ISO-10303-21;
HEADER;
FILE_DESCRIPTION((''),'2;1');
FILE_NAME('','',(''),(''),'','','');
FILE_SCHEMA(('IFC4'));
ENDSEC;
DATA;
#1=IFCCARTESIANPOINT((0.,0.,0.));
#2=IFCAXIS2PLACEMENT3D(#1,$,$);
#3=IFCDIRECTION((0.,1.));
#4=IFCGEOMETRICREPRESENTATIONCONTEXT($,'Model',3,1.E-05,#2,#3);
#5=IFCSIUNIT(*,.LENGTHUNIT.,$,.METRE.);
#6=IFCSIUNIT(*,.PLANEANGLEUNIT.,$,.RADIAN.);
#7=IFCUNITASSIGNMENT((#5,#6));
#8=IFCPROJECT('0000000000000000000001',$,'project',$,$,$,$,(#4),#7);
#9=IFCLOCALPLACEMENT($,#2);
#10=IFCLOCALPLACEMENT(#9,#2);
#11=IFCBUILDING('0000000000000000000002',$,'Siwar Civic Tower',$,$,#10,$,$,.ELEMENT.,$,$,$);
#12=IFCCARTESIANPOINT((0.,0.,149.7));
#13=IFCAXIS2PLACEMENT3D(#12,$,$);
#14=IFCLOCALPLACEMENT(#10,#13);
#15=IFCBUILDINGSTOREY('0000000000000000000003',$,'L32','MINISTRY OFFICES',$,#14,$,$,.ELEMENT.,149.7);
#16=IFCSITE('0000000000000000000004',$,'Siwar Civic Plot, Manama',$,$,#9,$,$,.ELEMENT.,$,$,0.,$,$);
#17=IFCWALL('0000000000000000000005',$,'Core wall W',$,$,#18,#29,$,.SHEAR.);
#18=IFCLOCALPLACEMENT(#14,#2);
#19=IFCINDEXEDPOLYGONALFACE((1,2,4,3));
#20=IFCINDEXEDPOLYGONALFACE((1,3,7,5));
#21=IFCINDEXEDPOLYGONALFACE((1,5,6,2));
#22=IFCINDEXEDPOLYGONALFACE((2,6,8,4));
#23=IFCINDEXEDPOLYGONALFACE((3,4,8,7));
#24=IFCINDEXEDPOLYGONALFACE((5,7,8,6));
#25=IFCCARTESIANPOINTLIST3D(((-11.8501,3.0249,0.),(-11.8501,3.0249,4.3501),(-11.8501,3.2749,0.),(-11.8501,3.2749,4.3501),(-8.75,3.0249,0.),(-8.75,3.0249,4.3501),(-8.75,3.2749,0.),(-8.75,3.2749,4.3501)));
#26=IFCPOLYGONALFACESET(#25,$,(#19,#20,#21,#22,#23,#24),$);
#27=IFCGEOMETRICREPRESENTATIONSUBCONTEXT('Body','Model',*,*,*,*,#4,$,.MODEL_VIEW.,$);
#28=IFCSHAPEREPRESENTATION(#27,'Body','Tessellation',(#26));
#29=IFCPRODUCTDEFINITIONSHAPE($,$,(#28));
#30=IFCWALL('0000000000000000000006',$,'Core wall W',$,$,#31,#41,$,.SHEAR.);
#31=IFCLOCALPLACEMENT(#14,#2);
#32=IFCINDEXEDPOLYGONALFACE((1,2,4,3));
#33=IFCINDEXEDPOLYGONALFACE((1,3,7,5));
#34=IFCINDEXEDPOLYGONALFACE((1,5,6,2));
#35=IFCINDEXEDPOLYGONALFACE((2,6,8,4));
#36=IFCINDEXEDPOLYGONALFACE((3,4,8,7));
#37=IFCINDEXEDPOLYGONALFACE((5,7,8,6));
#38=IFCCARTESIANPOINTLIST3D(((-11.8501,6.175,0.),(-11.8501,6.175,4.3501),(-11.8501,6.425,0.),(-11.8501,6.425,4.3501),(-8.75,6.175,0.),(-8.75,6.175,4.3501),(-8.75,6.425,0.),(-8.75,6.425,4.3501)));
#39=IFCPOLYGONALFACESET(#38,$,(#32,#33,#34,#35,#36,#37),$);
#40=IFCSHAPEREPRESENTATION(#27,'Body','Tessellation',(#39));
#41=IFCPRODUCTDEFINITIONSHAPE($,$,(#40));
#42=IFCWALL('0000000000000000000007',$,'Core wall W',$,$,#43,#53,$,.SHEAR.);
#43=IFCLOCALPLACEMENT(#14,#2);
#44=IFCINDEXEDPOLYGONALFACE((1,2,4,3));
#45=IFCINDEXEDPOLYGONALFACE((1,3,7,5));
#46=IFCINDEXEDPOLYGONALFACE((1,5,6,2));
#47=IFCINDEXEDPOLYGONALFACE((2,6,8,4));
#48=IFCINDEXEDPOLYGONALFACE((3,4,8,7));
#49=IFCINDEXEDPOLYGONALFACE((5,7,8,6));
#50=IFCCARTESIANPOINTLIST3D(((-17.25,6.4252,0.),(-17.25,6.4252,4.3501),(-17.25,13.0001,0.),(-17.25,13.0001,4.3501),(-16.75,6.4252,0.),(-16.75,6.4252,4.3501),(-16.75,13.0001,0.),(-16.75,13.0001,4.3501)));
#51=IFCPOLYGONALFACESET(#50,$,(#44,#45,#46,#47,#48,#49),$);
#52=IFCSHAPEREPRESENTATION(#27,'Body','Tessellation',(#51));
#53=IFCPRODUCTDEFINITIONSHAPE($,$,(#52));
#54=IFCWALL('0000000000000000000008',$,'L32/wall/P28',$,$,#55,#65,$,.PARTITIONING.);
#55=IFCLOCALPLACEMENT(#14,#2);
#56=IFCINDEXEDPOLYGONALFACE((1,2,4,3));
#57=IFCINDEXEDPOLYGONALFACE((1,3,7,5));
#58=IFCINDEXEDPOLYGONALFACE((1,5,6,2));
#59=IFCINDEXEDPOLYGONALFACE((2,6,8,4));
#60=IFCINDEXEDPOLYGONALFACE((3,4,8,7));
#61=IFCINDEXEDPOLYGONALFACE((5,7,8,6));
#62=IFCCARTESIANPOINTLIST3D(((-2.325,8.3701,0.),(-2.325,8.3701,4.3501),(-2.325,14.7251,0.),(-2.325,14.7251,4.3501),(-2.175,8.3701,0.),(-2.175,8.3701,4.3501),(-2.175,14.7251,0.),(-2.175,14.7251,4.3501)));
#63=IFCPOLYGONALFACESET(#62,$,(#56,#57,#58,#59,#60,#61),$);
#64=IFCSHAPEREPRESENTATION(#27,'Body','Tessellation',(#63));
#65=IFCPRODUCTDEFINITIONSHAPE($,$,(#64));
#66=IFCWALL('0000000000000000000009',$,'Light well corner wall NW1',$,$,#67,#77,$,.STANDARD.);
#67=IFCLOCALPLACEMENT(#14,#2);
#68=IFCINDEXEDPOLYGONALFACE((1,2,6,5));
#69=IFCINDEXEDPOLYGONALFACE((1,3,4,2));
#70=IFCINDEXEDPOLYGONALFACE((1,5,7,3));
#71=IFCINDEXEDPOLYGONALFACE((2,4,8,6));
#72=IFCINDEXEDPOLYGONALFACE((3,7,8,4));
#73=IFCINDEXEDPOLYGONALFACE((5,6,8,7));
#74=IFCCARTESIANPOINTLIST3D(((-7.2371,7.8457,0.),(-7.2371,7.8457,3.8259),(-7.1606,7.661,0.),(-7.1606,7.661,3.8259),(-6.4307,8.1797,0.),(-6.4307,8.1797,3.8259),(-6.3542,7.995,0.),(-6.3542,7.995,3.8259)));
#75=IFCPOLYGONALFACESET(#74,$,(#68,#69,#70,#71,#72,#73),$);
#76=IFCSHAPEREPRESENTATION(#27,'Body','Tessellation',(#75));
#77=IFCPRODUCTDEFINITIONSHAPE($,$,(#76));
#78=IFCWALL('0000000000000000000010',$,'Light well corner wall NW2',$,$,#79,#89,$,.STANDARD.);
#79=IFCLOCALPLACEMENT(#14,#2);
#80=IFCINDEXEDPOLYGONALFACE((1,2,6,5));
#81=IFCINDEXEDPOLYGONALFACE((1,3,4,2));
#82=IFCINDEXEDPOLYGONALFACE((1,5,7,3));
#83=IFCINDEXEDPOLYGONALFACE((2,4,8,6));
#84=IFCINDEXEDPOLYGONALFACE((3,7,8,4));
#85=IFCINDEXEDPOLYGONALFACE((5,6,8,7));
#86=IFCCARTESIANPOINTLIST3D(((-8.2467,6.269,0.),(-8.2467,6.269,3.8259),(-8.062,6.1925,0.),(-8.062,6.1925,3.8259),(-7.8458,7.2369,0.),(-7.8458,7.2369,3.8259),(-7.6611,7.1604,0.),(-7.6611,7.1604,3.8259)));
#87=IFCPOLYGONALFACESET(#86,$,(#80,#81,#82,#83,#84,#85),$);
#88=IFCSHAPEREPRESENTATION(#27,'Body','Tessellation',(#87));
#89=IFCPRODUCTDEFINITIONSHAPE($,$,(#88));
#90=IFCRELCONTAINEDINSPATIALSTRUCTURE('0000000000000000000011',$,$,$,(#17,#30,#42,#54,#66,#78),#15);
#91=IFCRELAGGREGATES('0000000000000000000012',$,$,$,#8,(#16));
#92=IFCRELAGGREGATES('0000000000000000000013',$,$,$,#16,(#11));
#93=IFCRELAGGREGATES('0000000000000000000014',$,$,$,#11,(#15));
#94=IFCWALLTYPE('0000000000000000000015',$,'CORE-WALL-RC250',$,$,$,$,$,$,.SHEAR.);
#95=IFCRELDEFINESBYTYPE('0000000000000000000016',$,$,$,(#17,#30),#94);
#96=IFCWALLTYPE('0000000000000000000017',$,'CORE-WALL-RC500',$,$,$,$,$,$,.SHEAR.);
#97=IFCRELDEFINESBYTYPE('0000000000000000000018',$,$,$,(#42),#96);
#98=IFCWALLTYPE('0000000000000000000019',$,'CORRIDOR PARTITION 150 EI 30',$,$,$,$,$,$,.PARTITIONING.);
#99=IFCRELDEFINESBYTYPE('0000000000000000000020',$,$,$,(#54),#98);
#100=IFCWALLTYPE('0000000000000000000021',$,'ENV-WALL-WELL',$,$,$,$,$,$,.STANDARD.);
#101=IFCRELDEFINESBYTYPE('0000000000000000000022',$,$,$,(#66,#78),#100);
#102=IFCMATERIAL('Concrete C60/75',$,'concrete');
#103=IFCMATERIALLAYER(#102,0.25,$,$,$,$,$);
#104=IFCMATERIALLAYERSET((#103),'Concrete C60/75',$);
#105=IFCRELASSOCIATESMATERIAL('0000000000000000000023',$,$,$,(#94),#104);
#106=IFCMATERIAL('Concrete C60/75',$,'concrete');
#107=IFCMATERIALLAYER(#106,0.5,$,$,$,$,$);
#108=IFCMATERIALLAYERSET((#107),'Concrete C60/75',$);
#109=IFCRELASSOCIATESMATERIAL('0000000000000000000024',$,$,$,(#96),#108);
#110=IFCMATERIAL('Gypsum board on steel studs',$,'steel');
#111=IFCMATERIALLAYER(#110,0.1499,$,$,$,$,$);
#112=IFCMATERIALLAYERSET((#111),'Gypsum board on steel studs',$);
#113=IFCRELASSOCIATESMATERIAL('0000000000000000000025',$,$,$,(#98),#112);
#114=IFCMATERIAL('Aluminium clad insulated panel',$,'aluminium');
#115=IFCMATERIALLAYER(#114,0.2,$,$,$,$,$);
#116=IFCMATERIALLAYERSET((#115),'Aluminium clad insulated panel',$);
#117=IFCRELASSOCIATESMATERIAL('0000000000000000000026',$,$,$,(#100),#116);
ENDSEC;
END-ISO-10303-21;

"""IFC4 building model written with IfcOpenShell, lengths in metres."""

from ifc_helpers import new_model, si_unit, direction, frame, frame_2d, origin, place, context, subcontext, project, spatial, rectangle, extrude, material, layer, layer_set, type_object, element, save


model = new_model("IFC4")

# Units and contexts
model_context = context("Model", 3, precision=1e-05, world=origin(), true_north=direction((0.0, 1.0)))
body_context = subcontext(model_context, "Body", "Model", "MODEL_VIEW")
ifc_project = project(units=[si_unit("LENGTHUNIT", "METRE"), si_unit("PLANEANGLEUNIT", "RADIAN")], contexts=[model_context])

# Site, building, storey
site_placement = place(None, origin())
site = spatial("IfcSite", under=ifc_project, at=site_placement, Name="Siwar Civic Plot, Manama", CompositionType="ELEMENT", RefElevation=0.0)
building_placement = place(site_placement, origin())
building = spatial("IfcBuilding", under=site, at=building_placement, Name="Siwar Civic Tower", CompositionType="ELEMENT")
storey_placement = place(building_placement, frame((0.0, 0.0, 149.7)))
storey = spatial("IfcBuildingStorey", under=building, at=storey_placement, Name="L32", Description="MINISTRY OFFICES", CompositionType="ELEMENT", Elevation=149.7)

# Shared definitions
ifc_material_1 = material(Name="Concrete C60/75", Category="concrete")
ifc_layer_1 = layer(ifc_material_1, 0.25)
ifc_layer_set_1 = layer_set([ifc_layer_1], Name="Concrete C60/75")
wall_type_1 = type_object("IfcWallType", Name="CORE-WALL-RC250", PredefinedType="SHEAR", material=ifc_layer_set_1)

# Walls
for number, where, z_axis, x_axis, name in (
    (1, (-8.75, 3.1499, 0.0), (0.0, 0.0, 1.0), (-1.0, 0.0, 0.0), "Core wall W"),
    (2, (-8.75, 6.3, 0.0), (0.0, 0.0, 1.0), (-1.0, 0.0, 0.0), "Core wall W"),
):
    element("IfcWall", number, at=place(storey_placement, frame(where, z_axis=z_axis, x_axis=x_axis)), inside=storey, type_object=wall_type_1, Name=name, PredefinedType="SHEAR", context=body_context, shape_type="SweptSolid", body=[
        extrude(rectangle(XDim=3.1001, YDim=0.25, at=frame_2d((1.55, 0.0))), origin(), (0.0, 0.0, 1.0), 4.3501),
    ])
ifc_material_2 = material(Name="Concrete C60/75", Category="concrete")
ifc_layer_2 = layer(ifc_material_2, 0.5)
ifc_layer_set_2 = layer_set([ifc_layer_2], Name="Concrete C60/75")
wall_type_2 = type_object("IfcWallType", Name="CORE-WALL-RC500", PredefinedType="SHEAR", material=ifc_layer_set_2)
wall_1_placement = place(storey_placement, frame((-17.0, 6.425, 0.0), z_axis=(0.0, 0.0, 1.0), x_axis=(0.0, 1.0, 0.0)))
element("IfcWall", 3, at=wall_1_placement, inside=storey, type_object=wall_type_2, Name="Core wall W", PredefinedType="SHEAR", context=body_context, shape_type="SweptSolid", body=[
    extrude(rectangle(XDim=6.575, YDim=0.5, at=frame_2d((3.2876, 0.0))), origin(), (0.0, 0.0, 1.0), 4.3501),
])
ifc_material_3 = material(Name="Gypsum board on steel studs", Category="steel")
ifc_layer_3 = layer(ifc_material_3, 0.1499)
ifc_layer_set_3 = layer_set([ifc_layer_3], Name="Gypsum board on steel studs")
wall_type_3 = type_object("IfcWallType", Name="CORRIDOR PARTITION 150 EI 30", PredefinedType="PARTITIONING", material=ifc_layer_set_3)
wall_2_placement = place(storey_placement, frame((-2.25, 8.3701, 0.0), z_axis=(0.0, 0.0, 1.0), x_axis=(0.0, 1.0, 0.0)))
element("IfcWall", 4, at=wall_2_placement, inside=storey, type_object=wall_type_3, Name="L32/wall/P28", PredefinedType="PARTITIONING", context=body_context, shape_type="SweptSolid", body=[
    extrude(rectangle(XDim=6.355, YDim=0.1499, at=frame_2d((3.1775, 0.0))), origin(), (0.0, 0.0, 1.0), 4.3501),
])
ifc_material_4 = material(Name="Aluminium clad insulated panel", Category="aluminium")
ifc_layer_4 = layer(ifc_material_4, 0.2)
ifc_layer_set_4 = layer_set([ifc_layer_4], Name="Aluminium clad insulated panel")
wall_type_4 = type_object("IfcWallType", Name="ENV-WALL-WELL", PredefinedType="STANDARD", material=ifc_layer_set_4)
wall_3_placement = place(storey_placement, frame((-6.3923, 8.0874, 0.0), z_axis=(0.0, 0.0, 1.0), x_axis=(-0.923894, -0.382648, 0.0)))
element("IfcWall", 5, at=wall_3_placement, inside=storey, type_object=wall_type_4, Name="Light well corner wall NW1", PredefinedType="STANDARD", context=body_context, shape_type="SweptSolid", body=[
    extrude(rectangle(XDim=0.8728, YDim=0.2, at=frame_2d((0.4365, 0.0))), origin(), (0.0, 0.0, 1.0), 3.8259),
])
wall_4_placement = place(storey_placement, frame((-7.7534, 7.1987, 0.0), z_axis=(0.0, 0.0, 1.0), x_axis=(-0.382695, -0.923875, 0.0)))
element("IfcWall", 6, at=wall_4_placement, inside=storey, type_object=wall_type_4, Name="Light well corner wall NW2", PredefinedType="STANDARD", context=body_context, shape_type="SweptSolid", body=[
    extrude(rectangle(XDim=1.0476, YDim=0.2, at=frame_2d((0.5239, 0.0))), origin(), (0.0, 0.0, 1.0), 3.8259),
])

save(model, "model.ifc")
